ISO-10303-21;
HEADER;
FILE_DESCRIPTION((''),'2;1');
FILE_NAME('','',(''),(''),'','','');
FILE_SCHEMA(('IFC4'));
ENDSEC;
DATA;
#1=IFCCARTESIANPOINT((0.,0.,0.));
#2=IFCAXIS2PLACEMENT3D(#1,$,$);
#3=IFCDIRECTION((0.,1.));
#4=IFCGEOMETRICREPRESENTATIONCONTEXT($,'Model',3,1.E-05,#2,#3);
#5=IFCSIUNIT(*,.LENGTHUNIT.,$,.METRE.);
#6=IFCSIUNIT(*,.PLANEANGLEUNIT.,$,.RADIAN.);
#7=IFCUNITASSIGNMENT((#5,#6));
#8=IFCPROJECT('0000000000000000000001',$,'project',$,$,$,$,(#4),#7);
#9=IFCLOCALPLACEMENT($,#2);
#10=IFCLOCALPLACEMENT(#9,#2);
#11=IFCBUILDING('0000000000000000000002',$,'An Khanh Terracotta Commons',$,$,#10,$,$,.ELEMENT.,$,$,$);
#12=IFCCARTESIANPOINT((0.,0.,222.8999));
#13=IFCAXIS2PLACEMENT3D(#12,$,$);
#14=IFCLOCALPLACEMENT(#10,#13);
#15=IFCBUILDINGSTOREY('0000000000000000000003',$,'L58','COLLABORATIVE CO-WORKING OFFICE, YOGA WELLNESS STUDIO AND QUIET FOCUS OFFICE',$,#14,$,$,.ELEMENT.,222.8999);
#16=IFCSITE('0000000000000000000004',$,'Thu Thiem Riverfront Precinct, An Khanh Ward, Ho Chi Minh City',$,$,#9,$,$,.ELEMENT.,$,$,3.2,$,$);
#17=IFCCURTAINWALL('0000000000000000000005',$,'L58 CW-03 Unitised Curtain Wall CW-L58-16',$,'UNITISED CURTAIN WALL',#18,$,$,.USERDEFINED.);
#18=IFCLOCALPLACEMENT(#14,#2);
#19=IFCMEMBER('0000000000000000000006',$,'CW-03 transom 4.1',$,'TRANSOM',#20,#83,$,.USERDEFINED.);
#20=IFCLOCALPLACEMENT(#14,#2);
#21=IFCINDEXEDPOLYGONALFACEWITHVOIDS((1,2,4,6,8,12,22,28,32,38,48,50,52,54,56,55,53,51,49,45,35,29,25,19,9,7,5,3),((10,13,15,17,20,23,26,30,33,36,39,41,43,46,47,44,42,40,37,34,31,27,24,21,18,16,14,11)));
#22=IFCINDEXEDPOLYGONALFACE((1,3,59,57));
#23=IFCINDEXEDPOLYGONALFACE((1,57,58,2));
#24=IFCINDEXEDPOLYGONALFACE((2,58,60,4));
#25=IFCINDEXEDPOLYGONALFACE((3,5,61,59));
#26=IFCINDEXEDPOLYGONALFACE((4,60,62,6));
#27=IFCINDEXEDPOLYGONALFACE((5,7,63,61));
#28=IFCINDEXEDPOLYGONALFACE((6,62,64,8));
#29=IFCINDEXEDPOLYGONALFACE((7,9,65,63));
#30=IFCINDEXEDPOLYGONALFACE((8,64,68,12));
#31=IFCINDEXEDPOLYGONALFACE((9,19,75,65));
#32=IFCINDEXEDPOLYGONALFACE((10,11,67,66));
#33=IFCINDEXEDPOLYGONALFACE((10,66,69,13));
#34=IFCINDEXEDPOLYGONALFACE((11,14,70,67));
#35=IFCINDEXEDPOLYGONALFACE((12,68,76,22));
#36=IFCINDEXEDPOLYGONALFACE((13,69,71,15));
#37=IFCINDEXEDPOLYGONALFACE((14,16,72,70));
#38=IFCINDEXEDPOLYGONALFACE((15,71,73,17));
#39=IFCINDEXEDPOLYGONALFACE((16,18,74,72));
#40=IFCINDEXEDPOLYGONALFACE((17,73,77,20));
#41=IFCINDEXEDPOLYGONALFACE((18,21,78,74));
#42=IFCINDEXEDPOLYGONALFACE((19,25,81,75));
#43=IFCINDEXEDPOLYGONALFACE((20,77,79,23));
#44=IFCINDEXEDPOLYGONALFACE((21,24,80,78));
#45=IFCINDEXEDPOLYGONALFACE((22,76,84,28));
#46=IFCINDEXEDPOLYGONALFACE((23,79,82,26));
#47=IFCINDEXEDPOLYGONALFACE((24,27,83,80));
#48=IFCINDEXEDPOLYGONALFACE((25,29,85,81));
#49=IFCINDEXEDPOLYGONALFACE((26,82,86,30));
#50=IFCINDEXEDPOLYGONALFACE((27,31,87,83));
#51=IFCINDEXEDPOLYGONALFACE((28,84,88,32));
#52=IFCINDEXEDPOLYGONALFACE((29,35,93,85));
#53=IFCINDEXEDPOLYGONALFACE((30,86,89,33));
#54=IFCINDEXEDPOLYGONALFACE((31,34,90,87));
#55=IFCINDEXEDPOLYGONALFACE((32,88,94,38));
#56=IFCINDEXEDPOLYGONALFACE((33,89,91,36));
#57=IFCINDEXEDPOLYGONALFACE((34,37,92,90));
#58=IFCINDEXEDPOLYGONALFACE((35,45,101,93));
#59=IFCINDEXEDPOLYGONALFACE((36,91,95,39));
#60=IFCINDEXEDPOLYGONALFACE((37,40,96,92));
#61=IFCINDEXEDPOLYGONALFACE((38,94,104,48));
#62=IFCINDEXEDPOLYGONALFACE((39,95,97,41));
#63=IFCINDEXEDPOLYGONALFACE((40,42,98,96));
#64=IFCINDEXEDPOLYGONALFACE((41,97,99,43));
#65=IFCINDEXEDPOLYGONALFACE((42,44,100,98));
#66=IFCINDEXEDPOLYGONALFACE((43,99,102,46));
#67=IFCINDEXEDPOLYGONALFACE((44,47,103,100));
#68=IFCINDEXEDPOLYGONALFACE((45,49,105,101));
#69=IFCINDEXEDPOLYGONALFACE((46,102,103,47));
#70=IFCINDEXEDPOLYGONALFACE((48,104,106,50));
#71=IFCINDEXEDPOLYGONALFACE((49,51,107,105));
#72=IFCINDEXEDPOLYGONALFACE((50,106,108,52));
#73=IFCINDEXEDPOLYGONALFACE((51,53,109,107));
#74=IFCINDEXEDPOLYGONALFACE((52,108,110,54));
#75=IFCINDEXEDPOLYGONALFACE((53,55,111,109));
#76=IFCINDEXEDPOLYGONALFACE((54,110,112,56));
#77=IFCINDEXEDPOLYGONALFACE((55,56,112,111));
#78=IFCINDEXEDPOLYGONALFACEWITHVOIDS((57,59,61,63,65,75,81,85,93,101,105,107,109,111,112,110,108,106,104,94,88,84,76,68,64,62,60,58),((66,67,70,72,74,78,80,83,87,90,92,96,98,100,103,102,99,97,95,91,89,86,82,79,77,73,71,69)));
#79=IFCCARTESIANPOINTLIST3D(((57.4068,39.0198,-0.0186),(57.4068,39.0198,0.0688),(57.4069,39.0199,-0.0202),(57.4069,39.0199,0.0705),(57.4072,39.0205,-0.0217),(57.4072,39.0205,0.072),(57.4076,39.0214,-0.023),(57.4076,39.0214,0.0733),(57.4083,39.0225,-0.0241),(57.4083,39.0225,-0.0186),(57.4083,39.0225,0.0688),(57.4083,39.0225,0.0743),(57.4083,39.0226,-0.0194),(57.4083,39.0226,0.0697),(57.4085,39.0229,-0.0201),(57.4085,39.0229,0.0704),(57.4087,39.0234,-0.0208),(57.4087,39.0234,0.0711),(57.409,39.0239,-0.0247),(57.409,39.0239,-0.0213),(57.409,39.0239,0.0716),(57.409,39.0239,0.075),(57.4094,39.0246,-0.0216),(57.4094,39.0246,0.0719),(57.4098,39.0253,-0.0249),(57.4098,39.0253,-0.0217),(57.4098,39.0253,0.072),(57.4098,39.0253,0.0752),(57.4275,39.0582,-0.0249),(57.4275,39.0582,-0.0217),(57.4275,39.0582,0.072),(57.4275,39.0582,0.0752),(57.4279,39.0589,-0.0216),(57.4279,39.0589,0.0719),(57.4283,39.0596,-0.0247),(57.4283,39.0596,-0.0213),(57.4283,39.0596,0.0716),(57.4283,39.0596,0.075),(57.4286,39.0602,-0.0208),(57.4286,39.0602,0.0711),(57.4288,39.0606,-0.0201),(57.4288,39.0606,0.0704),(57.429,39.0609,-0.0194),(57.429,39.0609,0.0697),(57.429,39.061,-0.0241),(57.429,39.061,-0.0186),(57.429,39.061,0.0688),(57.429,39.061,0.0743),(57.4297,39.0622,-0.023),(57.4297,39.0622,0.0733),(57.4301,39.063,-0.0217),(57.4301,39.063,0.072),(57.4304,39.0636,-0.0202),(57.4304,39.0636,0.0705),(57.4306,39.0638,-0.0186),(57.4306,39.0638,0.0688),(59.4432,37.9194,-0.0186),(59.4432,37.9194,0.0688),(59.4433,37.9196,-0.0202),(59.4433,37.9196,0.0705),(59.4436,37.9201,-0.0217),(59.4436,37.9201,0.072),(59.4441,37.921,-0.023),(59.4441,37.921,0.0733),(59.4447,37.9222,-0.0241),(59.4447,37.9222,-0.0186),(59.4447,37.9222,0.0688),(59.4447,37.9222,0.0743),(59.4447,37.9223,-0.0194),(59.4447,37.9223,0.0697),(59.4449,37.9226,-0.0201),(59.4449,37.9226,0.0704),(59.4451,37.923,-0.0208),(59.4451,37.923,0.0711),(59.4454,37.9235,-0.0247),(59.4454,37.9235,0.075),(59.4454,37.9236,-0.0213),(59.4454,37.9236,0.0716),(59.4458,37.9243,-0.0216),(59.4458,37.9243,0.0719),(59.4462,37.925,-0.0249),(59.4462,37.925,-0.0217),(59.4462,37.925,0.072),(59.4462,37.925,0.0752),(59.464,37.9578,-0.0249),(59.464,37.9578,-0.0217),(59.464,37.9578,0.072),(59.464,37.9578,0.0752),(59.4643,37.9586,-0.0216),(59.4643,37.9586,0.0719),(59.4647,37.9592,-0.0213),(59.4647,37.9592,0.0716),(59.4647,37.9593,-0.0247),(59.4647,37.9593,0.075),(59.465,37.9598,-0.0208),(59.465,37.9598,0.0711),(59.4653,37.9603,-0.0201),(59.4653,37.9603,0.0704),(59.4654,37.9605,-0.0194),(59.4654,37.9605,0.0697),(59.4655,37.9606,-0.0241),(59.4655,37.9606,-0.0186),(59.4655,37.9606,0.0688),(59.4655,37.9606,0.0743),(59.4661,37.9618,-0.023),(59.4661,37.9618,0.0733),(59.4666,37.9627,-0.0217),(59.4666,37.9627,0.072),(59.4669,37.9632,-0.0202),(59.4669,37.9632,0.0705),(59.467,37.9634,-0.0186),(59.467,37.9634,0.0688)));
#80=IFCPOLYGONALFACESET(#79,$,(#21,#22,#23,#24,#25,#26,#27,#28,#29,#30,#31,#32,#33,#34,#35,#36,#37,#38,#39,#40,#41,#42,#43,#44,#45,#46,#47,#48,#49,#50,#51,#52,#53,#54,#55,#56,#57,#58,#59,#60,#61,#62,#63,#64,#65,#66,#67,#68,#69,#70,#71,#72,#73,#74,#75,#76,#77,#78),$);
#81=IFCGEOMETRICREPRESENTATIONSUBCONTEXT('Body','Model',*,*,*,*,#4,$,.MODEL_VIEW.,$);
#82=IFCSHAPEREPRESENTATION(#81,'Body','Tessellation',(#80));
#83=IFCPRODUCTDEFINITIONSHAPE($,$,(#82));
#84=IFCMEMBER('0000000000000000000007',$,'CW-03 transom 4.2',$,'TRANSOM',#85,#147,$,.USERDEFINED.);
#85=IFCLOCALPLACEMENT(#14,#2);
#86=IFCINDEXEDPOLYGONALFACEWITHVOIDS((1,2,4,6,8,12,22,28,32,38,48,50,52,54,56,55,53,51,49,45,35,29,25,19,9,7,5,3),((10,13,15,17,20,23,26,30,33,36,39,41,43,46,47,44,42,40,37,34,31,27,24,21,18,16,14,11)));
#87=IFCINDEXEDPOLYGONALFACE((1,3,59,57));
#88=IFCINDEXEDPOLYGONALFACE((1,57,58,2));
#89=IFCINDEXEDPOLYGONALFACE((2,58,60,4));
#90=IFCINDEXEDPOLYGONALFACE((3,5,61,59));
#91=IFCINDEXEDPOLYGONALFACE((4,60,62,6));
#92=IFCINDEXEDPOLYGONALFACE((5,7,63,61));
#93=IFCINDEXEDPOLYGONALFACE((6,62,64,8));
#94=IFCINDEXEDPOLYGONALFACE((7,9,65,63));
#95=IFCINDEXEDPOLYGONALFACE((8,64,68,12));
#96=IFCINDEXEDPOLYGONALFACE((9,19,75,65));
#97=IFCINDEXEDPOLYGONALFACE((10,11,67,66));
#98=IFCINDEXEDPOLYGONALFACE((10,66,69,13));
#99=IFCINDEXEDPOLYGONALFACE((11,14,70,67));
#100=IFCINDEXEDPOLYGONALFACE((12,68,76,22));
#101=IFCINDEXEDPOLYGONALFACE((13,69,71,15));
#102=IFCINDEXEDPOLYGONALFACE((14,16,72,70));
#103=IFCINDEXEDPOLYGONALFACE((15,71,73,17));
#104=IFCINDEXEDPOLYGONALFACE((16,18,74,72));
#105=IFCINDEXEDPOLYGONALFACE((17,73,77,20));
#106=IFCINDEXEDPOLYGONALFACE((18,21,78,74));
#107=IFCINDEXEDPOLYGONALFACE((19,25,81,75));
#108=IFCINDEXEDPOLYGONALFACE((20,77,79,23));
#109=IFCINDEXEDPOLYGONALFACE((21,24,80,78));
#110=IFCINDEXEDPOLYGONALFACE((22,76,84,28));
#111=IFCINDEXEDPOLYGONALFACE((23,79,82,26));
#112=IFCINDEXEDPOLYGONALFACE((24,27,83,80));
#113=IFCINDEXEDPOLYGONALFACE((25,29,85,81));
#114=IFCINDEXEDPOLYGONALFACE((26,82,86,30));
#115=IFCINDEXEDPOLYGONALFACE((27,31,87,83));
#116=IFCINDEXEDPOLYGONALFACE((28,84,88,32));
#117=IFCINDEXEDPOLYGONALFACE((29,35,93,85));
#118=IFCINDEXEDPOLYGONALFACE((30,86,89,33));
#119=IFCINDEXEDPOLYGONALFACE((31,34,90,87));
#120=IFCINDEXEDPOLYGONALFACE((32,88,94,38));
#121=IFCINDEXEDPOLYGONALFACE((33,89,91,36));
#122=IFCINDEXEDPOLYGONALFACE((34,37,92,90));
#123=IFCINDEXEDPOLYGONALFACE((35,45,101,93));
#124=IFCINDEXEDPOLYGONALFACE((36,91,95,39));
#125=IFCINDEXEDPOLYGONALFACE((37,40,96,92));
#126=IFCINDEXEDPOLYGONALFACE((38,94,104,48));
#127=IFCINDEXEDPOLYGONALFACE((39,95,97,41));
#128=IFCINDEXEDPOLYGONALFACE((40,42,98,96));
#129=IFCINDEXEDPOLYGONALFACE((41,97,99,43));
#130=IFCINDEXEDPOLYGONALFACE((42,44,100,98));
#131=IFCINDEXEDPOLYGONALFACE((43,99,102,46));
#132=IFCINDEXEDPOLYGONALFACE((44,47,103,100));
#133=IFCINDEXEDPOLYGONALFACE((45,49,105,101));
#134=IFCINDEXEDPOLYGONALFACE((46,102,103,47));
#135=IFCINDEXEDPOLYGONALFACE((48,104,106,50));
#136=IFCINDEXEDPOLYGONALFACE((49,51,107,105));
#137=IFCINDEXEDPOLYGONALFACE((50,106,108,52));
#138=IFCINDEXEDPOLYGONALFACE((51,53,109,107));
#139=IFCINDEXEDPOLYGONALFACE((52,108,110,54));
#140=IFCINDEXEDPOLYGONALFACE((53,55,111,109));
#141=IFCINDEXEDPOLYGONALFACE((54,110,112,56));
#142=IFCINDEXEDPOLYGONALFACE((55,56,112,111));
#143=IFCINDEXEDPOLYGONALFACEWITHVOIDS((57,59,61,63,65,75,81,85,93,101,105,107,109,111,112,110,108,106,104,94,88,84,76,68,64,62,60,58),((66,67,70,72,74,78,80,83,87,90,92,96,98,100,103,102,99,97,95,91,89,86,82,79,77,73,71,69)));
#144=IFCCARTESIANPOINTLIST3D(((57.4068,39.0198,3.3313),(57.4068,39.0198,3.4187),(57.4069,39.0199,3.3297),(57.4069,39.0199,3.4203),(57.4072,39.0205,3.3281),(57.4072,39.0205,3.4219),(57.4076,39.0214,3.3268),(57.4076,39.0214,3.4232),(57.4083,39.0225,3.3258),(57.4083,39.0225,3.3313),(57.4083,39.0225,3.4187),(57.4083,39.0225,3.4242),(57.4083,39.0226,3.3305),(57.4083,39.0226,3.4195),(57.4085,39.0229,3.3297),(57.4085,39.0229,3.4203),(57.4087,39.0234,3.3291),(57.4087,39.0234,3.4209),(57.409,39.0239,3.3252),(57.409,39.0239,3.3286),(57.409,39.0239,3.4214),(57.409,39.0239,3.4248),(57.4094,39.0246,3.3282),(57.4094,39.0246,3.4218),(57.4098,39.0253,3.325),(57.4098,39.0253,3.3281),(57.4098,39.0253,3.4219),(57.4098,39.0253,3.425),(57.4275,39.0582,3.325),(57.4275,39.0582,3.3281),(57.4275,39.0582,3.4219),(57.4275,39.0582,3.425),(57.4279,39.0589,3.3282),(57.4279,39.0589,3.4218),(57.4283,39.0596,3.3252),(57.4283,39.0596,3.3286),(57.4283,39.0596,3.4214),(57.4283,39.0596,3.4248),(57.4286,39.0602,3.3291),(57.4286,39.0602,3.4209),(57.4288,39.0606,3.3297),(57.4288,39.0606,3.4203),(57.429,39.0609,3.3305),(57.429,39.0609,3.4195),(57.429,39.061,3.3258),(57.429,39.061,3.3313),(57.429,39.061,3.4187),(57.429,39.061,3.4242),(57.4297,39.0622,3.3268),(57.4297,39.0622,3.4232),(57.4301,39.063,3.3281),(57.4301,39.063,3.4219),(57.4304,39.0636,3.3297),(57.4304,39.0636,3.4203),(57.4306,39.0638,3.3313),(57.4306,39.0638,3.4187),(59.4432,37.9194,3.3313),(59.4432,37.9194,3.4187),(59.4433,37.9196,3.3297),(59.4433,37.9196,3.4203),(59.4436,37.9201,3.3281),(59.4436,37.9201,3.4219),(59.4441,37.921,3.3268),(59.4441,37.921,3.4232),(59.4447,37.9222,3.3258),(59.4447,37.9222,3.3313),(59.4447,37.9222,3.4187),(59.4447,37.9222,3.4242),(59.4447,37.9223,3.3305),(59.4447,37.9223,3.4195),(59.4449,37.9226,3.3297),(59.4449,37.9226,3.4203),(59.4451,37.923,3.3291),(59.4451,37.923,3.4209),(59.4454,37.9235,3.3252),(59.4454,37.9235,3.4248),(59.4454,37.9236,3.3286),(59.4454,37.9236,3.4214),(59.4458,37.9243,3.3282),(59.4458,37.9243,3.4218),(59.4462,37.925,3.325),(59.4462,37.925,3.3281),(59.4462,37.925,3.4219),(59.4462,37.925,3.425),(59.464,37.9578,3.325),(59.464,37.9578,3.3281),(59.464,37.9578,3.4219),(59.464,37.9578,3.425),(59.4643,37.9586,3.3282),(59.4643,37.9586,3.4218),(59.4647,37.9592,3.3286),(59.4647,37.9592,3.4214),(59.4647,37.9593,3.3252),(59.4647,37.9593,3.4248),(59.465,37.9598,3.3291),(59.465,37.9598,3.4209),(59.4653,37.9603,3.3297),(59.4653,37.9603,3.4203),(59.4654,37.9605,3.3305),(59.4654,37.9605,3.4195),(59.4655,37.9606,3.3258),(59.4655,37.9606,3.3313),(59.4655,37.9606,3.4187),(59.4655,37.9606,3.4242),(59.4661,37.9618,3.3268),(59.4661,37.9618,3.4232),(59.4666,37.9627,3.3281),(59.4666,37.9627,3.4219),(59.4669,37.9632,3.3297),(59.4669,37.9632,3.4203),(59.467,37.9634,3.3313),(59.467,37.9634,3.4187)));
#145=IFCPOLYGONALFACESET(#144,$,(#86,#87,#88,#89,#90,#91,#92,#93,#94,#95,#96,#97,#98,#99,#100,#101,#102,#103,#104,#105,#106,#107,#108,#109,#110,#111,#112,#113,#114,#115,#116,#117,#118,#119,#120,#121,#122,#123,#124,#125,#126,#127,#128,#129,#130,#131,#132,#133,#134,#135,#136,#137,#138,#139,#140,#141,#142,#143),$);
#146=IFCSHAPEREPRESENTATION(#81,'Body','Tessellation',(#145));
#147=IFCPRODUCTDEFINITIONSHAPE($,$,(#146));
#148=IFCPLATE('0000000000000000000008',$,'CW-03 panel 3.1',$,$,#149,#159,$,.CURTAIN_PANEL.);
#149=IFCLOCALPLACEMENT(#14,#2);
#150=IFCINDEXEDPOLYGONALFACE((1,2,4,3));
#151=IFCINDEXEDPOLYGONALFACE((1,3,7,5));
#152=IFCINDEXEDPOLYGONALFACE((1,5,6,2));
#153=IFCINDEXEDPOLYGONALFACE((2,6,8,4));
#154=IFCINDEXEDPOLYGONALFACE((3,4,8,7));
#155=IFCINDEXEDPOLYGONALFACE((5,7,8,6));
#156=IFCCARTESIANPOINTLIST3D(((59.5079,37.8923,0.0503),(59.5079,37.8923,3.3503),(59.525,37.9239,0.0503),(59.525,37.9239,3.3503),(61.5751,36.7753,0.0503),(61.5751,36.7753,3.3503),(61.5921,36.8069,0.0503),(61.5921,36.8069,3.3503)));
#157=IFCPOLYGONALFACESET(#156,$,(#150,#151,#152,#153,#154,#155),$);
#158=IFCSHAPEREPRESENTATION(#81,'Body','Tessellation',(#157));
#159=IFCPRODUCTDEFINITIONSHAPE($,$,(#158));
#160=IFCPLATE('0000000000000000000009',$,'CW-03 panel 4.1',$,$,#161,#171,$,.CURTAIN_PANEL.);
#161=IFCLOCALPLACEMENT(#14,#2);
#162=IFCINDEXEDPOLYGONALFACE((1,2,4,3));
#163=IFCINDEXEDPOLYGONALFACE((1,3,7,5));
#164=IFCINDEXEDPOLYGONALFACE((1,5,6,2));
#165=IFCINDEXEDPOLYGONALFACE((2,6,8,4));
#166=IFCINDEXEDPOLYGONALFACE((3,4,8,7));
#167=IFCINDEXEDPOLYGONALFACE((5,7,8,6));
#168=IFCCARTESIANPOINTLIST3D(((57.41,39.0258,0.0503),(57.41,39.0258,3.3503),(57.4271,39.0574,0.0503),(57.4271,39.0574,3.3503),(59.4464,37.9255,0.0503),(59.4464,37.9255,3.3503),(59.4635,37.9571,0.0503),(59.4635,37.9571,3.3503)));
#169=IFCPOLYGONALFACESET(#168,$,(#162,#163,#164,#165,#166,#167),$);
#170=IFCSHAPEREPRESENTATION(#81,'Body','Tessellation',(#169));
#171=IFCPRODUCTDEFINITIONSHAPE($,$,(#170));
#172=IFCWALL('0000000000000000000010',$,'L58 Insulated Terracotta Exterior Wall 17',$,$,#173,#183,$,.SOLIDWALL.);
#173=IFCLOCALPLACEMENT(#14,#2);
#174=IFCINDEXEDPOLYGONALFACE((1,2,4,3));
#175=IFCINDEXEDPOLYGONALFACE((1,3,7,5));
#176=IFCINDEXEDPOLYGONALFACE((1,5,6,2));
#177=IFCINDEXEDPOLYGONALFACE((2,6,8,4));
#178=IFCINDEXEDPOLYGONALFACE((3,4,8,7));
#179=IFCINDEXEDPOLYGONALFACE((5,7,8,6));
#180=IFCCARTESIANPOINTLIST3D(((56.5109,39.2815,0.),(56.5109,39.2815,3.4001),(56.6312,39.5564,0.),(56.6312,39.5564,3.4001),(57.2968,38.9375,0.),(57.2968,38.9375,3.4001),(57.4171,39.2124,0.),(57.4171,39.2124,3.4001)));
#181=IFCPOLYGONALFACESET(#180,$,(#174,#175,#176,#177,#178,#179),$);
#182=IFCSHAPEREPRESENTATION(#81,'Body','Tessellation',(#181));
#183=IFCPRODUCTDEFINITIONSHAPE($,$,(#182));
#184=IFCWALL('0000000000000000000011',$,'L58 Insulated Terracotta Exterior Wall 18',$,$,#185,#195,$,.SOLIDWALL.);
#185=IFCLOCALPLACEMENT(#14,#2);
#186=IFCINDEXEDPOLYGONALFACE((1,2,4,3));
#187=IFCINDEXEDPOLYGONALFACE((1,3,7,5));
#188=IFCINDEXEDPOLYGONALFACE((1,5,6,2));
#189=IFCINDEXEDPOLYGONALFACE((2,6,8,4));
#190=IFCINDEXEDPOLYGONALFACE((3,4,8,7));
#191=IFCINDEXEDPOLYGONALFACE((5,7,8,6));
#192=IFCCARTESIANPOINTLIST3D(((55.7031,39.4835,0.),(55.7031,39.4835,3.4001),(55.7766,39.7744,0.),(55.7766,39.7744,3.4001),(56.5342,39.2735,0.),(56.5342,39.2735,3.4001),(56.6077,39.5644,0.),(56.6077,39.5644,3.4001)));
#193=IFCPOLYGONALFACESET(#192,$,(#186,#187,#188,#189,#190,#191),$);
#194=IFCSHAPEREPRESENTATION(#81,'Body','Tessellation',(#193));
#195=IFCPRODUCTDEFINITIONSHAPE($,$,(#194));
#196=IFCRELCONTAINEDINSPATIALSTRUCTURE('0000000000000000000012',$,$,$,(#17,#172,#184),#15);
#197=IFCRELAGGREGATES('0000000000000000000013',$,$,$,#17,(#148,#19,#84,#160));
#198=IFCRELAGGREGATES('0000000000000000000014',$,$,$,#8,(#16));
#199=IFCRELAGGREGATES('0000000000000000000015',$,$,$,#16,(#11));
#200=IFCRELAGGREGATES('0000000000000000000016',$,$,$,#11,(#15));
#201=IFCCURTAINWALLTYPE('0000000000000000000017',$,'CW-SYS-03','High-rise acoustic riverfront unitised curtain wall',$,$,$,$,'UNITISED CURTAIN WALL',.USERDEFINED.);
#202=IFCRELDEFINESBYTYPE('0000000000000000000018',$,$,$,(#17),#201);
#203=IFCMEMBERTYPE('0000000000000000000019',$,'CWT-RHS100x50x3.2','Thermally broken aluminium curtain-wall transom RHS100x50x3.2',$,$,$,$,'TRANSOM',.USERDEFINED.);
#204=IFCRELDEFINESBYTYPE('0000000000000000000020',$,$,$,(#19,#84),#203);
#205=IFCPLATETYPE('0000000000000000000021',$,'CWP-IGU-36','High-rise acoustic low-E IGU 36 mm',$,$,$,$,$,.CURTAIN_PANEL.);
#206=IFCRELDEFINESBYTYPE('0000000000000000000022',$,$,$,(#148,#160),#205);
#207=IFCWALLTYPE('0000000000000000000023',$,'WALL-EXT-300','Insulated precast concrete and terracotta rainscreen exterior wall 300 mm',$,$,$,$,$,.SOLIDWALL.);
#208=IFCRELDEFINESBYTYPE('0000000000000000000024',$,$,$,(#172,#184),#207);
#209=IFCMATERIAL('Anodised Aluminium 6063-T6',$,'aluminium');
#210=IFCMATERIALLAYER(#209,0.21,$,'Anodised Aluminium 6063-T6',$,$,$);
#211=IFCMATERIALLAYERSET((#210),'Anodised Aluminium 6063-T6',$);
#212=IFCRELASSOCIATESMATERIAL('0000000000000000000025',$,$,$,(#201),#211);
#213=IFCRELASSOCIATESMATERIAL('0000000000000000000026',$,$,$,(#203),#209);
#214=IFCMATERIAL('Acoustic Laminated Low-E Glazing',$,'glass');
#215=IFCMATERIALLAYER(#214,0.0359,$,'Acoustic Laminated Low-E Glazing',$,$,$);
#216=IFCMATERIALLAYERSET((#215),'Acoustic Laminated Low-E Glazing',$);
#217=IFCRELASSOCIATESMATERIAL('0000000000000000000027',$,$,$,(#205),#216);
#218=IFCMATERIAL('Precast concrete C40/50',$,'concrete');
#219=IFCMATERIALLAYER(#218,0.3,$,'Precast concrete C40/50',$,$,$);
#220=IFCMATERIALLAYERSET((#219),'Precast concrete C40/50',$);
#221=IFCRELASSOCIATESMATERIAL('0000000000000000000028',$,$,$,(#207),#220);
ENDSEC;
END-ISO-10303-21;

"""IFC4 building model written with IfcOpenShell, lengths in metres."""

from ifc_helpers import new_model, si_unit, direction, frame, frame_2d, origin, origin_2d, place, context, subcontext, project, spatial, rectangle, hollow_rectangle, extrude, material, layer, layer_set, material_profile, profile_set, type_object, element, aggregate, save


model = new_model("IFC4")

# Units and contexts
model_context = context("Model", 3, precision=1e-05, world=origin(), true_north=direction((0.0, 1.0)))
body_context = subcontext(model_context, "Body", "Model", "MODEL_VIEW")
ifc_project = project(units=[si_unit("LENGTHUNIT", "METRE"), si_unit("PLANEANGLEUNIT", "RADIAN")], contexts=[model_context])

# Site, building, storey
site_placement = place(None, origin())
site = spatial("IfcSite", under=ifc_project, at=site_placement, Name="Thu Thiem Riverfront Precinct, An Khanh Ward, Ho Chi Minh City", CompositionType="ELEMENT", RefElevation=3.2)
building_placement = place(site_placement, origin())
building = spatial("IfcBuilding", under=site, at=building_placement, Name="An Khanh Terracotta Commons", CompositionType="ELEMENT")
storey_placement = place(building_placement, frame((0.0, 0.0, 222.8999)))
storey = spatial("IfcBuildingStorey", under=building, at=storey_placement, Name="L58", Description="COLLABORATIVE CO-WORKING OFFICE, YOGA WELLNESS STUDIO AND QUIET FOCUS OFFICE", CompositionType="ELEMENT", Elevation=222.8999)

# Curtain wall, members, plates
ifc_material_1 = material(Name="Anodised Aluminium 6063-T6", Category="aluminium")
ifc_layer_1 = layer(ifc_material_1, 0.21, Name="Anodised Aluminium 6063-T6")
ifc_layer_set_1 = layer_set([ifc_layer_1], Name="Anodised Aluminium 6063-T6")
curtain_wall_type = type_object("IfcCurtainWallType", Name="CW-SYS-03", Description="High-rise acoustic riverfront unitised curtain wall", ElementType="UNITISED CURTAIN WALL", PredefinedType="USERDEFINED", material=ifc_layer_set_1)
curtain_wall_placement = place(storey_placement, origin())
curtain_wall = element("IfcCurtainWall", 1, at=curtain_wall_placement, inside=storey, type_object=curtain_wall_type, Name="L58 CW-03 Unitised Curtain Wall CW-L58-16", ObjectType="UNITISED CURTAIN WALL", PredefinedType="USERDEFINED")
ifc_material_profile_1 = material_profile(ifc_material_1, hollow_rectangle(XDim=0.05, YDim=0.1001, WallThickness=0.0032, InnerFilletRadius=0.0032, OuterFilletRadius=0.0063, at=origin_2d()), Name="RHS100x50x3.2")
ifc_profile_set_1 = profile_set([ifc_material_profile_1], Name="Anodised Aluminium 6063-T6")
member_type_1 = type_object("IfcMemberType", Name="CWT-RHS100x50x3.2", Description="Thermally broken aluminium curtain-wall transom RHS100x50x3.2", ElementType="TRANSOM", PredefinedType="USERDEFINED", material=ifc_profile_set_1)
member_1_placement = place(storey_placement, frame((59.4551, 37.9414, 0.0251), z_axis=(-0.879779, 0.475382, 0.0), x_axis=(-0.475382, -0.879779, 0.0)))
member_1 = element("IfcMember", 2, at=member_1_placement, type_object=member_type_1, Name="CW-03 transom 4.1", ObjectType="TRANSOM", PredefinedType="USERDEFINED", context=body_context, shape_type="SweptSolid", body=[
    extrude(hollow_rectangle(XDim=0.05, YDim=0.1001, WallThickness=0.0032, InnerFilletRadius=0.0032, OuterFilletRadius=0.0063, at=origin_2d()), origin(), (0.0, 0.0, 1.0), 2.3147),
])
member_2_placement = place(storey_placement, frame((59.4551, 37.9414, 3.375), z_axis=(-0.879779, 0.475382, 0.0), x_axis=(-0.475382, -0.879779, 0.0)))
member_2 = element("IfcMember", 3, at=member_2_placement, type_object=member_type_1, Name="CW-03 transom 4.2", ObjectType="TRANSOM", PredefinedType="USERDEFINED", context=body_context, shape_type="SweptSolid", body=[
    extrude(hollow_rectangle(XDim=0.05, YDim=0.1001, WallThickness=0.0032, InnerFilletRadius=0.0032, OuterFilletRadius=0.0063, at=origin_2d()), origin(), (0.0, 0.0, 1.0), 2.3147),
])
ifc_material_2 = material(Name="Acoustic Laminated Low-E Glazing", Category="glass")
ifc_layer_2 = layer(ifc_material_2, 0.0359, Name="Acoustic Laminated Low-E Glazing")
ifc_layer_set_2 = layer_set([ifc_layer_2], Name="Acoustic Laminated Low-E Glazing")
plate_type = type_object("IfcPlateType", Name="CWP-IGU-36", Description="High-rise acoustic low-E IGU 36 mm", PredefinedType="CURTAIN_PANEL", material=ifc_layer_set_2)
plate_1_placement = place(storey_placement, frame((60.55, 37.3496, 0.0503), z_axis=(0.0, 0.0, 1.0), x_axis=(-0.87978, 0.475381, 0.0)))
plate_1 = element("IfcPlate", 4, at=plate_1_placement, type_object=plate_type, Name="CW-03 panel 3.1", PredefinedType="CURTAIN_PANEL", context=body_context, shape_type="SweptSolid", body=[
    extrude(rectangle(XDim=2.3496, YDim=0.0359, at=origin_2d()), origin(), (0.0, 0.0, 1.0), 3.3),
])
plate_2_placement = place(storey_placement, frame((58.4368, 38.4915, 0.0503), z_axis=(0.0, 0.0, 1.0), x_axis=(-0.87978, 0.475381, 0.0)))
plate_2 = element("IfcPlate", 5, at=plate_2_placement, type_object=plate_type, Name="CW-03 panel 4.1", PredefinedType="CURTAIN_PANEL", context=body_context, shape_type="SweptSolid", body=[
    extrude(rectangle(XDim=2.3147, YDim=0.0359, at=origin_2d()), origin(), (0.0, 0.0, 1.0), 3.3),
])
aggregate(curtain_wall, [plate_1, member_1, member_2, plate_2])

# Walls
ifc_material_3 = material(Name="Precast concrete C40/50", Category="concrete")
ifc_layer_3 = layer(ifc_material_3, 0.3, Name="Precast concrete C40/50")
ifc_layer_set_3 = layer_set([ifc_layer_3], Name="Precast concrete C40/50")
wall_type = type_object("IfcWallType", Name="WALL-EXT-300", Description="Insulated precast concrete and terracotta rainscreen exterior wall 300 mm", PredefinedType="SOLIDWALL", material=ifc_layer_set_3)
wall_1_placement = place(storey_placement, frame((57.3569, 39.075, 0.0), z_axis=(0.0, 0.0, 1.0), x_axis=(-0.916085, 0.400983, 0.0)))
element("IfcWall", 6, at=wall_1_placement, inside=storey, type_object=wall_type, Name="L58 Insulated Terracotta Exterior Wall 17", PredefinedType="SOLIDWALL", context=body_context, shape_type="SweptSolid", body=[
    extrude(rectangle(XDim=0.8579, YDim=0.3, at=frame_2d((0.429, 0.0))), origin(), (0.0, 0.0, 1.0), 3.4001),
])
wall_2_placement = place(storey_placement, frame((56.571, 39.4189, 0.0), z_axis=(0.0, 0.0, 1.0), x_axis=(-0.969536, 0.244947, 0.0)))
element("IfcWall", 7, at=wall_2_placement, inside=storey, type_object=wall_type, Name="L58 Insulated Terracotta Exterior Wall 18", PredefinedType="SOLIDWALL", context=body_context, shape_type="SweptSolid", body=[
    extrude(rectangle(XDim=0.8572, YDim=0.3, at=frame_2d((0.4287, 0.0))), origin(), (0.0, 0.0, 1.0), 3.4001),
])

save(model, "model.ifc")
